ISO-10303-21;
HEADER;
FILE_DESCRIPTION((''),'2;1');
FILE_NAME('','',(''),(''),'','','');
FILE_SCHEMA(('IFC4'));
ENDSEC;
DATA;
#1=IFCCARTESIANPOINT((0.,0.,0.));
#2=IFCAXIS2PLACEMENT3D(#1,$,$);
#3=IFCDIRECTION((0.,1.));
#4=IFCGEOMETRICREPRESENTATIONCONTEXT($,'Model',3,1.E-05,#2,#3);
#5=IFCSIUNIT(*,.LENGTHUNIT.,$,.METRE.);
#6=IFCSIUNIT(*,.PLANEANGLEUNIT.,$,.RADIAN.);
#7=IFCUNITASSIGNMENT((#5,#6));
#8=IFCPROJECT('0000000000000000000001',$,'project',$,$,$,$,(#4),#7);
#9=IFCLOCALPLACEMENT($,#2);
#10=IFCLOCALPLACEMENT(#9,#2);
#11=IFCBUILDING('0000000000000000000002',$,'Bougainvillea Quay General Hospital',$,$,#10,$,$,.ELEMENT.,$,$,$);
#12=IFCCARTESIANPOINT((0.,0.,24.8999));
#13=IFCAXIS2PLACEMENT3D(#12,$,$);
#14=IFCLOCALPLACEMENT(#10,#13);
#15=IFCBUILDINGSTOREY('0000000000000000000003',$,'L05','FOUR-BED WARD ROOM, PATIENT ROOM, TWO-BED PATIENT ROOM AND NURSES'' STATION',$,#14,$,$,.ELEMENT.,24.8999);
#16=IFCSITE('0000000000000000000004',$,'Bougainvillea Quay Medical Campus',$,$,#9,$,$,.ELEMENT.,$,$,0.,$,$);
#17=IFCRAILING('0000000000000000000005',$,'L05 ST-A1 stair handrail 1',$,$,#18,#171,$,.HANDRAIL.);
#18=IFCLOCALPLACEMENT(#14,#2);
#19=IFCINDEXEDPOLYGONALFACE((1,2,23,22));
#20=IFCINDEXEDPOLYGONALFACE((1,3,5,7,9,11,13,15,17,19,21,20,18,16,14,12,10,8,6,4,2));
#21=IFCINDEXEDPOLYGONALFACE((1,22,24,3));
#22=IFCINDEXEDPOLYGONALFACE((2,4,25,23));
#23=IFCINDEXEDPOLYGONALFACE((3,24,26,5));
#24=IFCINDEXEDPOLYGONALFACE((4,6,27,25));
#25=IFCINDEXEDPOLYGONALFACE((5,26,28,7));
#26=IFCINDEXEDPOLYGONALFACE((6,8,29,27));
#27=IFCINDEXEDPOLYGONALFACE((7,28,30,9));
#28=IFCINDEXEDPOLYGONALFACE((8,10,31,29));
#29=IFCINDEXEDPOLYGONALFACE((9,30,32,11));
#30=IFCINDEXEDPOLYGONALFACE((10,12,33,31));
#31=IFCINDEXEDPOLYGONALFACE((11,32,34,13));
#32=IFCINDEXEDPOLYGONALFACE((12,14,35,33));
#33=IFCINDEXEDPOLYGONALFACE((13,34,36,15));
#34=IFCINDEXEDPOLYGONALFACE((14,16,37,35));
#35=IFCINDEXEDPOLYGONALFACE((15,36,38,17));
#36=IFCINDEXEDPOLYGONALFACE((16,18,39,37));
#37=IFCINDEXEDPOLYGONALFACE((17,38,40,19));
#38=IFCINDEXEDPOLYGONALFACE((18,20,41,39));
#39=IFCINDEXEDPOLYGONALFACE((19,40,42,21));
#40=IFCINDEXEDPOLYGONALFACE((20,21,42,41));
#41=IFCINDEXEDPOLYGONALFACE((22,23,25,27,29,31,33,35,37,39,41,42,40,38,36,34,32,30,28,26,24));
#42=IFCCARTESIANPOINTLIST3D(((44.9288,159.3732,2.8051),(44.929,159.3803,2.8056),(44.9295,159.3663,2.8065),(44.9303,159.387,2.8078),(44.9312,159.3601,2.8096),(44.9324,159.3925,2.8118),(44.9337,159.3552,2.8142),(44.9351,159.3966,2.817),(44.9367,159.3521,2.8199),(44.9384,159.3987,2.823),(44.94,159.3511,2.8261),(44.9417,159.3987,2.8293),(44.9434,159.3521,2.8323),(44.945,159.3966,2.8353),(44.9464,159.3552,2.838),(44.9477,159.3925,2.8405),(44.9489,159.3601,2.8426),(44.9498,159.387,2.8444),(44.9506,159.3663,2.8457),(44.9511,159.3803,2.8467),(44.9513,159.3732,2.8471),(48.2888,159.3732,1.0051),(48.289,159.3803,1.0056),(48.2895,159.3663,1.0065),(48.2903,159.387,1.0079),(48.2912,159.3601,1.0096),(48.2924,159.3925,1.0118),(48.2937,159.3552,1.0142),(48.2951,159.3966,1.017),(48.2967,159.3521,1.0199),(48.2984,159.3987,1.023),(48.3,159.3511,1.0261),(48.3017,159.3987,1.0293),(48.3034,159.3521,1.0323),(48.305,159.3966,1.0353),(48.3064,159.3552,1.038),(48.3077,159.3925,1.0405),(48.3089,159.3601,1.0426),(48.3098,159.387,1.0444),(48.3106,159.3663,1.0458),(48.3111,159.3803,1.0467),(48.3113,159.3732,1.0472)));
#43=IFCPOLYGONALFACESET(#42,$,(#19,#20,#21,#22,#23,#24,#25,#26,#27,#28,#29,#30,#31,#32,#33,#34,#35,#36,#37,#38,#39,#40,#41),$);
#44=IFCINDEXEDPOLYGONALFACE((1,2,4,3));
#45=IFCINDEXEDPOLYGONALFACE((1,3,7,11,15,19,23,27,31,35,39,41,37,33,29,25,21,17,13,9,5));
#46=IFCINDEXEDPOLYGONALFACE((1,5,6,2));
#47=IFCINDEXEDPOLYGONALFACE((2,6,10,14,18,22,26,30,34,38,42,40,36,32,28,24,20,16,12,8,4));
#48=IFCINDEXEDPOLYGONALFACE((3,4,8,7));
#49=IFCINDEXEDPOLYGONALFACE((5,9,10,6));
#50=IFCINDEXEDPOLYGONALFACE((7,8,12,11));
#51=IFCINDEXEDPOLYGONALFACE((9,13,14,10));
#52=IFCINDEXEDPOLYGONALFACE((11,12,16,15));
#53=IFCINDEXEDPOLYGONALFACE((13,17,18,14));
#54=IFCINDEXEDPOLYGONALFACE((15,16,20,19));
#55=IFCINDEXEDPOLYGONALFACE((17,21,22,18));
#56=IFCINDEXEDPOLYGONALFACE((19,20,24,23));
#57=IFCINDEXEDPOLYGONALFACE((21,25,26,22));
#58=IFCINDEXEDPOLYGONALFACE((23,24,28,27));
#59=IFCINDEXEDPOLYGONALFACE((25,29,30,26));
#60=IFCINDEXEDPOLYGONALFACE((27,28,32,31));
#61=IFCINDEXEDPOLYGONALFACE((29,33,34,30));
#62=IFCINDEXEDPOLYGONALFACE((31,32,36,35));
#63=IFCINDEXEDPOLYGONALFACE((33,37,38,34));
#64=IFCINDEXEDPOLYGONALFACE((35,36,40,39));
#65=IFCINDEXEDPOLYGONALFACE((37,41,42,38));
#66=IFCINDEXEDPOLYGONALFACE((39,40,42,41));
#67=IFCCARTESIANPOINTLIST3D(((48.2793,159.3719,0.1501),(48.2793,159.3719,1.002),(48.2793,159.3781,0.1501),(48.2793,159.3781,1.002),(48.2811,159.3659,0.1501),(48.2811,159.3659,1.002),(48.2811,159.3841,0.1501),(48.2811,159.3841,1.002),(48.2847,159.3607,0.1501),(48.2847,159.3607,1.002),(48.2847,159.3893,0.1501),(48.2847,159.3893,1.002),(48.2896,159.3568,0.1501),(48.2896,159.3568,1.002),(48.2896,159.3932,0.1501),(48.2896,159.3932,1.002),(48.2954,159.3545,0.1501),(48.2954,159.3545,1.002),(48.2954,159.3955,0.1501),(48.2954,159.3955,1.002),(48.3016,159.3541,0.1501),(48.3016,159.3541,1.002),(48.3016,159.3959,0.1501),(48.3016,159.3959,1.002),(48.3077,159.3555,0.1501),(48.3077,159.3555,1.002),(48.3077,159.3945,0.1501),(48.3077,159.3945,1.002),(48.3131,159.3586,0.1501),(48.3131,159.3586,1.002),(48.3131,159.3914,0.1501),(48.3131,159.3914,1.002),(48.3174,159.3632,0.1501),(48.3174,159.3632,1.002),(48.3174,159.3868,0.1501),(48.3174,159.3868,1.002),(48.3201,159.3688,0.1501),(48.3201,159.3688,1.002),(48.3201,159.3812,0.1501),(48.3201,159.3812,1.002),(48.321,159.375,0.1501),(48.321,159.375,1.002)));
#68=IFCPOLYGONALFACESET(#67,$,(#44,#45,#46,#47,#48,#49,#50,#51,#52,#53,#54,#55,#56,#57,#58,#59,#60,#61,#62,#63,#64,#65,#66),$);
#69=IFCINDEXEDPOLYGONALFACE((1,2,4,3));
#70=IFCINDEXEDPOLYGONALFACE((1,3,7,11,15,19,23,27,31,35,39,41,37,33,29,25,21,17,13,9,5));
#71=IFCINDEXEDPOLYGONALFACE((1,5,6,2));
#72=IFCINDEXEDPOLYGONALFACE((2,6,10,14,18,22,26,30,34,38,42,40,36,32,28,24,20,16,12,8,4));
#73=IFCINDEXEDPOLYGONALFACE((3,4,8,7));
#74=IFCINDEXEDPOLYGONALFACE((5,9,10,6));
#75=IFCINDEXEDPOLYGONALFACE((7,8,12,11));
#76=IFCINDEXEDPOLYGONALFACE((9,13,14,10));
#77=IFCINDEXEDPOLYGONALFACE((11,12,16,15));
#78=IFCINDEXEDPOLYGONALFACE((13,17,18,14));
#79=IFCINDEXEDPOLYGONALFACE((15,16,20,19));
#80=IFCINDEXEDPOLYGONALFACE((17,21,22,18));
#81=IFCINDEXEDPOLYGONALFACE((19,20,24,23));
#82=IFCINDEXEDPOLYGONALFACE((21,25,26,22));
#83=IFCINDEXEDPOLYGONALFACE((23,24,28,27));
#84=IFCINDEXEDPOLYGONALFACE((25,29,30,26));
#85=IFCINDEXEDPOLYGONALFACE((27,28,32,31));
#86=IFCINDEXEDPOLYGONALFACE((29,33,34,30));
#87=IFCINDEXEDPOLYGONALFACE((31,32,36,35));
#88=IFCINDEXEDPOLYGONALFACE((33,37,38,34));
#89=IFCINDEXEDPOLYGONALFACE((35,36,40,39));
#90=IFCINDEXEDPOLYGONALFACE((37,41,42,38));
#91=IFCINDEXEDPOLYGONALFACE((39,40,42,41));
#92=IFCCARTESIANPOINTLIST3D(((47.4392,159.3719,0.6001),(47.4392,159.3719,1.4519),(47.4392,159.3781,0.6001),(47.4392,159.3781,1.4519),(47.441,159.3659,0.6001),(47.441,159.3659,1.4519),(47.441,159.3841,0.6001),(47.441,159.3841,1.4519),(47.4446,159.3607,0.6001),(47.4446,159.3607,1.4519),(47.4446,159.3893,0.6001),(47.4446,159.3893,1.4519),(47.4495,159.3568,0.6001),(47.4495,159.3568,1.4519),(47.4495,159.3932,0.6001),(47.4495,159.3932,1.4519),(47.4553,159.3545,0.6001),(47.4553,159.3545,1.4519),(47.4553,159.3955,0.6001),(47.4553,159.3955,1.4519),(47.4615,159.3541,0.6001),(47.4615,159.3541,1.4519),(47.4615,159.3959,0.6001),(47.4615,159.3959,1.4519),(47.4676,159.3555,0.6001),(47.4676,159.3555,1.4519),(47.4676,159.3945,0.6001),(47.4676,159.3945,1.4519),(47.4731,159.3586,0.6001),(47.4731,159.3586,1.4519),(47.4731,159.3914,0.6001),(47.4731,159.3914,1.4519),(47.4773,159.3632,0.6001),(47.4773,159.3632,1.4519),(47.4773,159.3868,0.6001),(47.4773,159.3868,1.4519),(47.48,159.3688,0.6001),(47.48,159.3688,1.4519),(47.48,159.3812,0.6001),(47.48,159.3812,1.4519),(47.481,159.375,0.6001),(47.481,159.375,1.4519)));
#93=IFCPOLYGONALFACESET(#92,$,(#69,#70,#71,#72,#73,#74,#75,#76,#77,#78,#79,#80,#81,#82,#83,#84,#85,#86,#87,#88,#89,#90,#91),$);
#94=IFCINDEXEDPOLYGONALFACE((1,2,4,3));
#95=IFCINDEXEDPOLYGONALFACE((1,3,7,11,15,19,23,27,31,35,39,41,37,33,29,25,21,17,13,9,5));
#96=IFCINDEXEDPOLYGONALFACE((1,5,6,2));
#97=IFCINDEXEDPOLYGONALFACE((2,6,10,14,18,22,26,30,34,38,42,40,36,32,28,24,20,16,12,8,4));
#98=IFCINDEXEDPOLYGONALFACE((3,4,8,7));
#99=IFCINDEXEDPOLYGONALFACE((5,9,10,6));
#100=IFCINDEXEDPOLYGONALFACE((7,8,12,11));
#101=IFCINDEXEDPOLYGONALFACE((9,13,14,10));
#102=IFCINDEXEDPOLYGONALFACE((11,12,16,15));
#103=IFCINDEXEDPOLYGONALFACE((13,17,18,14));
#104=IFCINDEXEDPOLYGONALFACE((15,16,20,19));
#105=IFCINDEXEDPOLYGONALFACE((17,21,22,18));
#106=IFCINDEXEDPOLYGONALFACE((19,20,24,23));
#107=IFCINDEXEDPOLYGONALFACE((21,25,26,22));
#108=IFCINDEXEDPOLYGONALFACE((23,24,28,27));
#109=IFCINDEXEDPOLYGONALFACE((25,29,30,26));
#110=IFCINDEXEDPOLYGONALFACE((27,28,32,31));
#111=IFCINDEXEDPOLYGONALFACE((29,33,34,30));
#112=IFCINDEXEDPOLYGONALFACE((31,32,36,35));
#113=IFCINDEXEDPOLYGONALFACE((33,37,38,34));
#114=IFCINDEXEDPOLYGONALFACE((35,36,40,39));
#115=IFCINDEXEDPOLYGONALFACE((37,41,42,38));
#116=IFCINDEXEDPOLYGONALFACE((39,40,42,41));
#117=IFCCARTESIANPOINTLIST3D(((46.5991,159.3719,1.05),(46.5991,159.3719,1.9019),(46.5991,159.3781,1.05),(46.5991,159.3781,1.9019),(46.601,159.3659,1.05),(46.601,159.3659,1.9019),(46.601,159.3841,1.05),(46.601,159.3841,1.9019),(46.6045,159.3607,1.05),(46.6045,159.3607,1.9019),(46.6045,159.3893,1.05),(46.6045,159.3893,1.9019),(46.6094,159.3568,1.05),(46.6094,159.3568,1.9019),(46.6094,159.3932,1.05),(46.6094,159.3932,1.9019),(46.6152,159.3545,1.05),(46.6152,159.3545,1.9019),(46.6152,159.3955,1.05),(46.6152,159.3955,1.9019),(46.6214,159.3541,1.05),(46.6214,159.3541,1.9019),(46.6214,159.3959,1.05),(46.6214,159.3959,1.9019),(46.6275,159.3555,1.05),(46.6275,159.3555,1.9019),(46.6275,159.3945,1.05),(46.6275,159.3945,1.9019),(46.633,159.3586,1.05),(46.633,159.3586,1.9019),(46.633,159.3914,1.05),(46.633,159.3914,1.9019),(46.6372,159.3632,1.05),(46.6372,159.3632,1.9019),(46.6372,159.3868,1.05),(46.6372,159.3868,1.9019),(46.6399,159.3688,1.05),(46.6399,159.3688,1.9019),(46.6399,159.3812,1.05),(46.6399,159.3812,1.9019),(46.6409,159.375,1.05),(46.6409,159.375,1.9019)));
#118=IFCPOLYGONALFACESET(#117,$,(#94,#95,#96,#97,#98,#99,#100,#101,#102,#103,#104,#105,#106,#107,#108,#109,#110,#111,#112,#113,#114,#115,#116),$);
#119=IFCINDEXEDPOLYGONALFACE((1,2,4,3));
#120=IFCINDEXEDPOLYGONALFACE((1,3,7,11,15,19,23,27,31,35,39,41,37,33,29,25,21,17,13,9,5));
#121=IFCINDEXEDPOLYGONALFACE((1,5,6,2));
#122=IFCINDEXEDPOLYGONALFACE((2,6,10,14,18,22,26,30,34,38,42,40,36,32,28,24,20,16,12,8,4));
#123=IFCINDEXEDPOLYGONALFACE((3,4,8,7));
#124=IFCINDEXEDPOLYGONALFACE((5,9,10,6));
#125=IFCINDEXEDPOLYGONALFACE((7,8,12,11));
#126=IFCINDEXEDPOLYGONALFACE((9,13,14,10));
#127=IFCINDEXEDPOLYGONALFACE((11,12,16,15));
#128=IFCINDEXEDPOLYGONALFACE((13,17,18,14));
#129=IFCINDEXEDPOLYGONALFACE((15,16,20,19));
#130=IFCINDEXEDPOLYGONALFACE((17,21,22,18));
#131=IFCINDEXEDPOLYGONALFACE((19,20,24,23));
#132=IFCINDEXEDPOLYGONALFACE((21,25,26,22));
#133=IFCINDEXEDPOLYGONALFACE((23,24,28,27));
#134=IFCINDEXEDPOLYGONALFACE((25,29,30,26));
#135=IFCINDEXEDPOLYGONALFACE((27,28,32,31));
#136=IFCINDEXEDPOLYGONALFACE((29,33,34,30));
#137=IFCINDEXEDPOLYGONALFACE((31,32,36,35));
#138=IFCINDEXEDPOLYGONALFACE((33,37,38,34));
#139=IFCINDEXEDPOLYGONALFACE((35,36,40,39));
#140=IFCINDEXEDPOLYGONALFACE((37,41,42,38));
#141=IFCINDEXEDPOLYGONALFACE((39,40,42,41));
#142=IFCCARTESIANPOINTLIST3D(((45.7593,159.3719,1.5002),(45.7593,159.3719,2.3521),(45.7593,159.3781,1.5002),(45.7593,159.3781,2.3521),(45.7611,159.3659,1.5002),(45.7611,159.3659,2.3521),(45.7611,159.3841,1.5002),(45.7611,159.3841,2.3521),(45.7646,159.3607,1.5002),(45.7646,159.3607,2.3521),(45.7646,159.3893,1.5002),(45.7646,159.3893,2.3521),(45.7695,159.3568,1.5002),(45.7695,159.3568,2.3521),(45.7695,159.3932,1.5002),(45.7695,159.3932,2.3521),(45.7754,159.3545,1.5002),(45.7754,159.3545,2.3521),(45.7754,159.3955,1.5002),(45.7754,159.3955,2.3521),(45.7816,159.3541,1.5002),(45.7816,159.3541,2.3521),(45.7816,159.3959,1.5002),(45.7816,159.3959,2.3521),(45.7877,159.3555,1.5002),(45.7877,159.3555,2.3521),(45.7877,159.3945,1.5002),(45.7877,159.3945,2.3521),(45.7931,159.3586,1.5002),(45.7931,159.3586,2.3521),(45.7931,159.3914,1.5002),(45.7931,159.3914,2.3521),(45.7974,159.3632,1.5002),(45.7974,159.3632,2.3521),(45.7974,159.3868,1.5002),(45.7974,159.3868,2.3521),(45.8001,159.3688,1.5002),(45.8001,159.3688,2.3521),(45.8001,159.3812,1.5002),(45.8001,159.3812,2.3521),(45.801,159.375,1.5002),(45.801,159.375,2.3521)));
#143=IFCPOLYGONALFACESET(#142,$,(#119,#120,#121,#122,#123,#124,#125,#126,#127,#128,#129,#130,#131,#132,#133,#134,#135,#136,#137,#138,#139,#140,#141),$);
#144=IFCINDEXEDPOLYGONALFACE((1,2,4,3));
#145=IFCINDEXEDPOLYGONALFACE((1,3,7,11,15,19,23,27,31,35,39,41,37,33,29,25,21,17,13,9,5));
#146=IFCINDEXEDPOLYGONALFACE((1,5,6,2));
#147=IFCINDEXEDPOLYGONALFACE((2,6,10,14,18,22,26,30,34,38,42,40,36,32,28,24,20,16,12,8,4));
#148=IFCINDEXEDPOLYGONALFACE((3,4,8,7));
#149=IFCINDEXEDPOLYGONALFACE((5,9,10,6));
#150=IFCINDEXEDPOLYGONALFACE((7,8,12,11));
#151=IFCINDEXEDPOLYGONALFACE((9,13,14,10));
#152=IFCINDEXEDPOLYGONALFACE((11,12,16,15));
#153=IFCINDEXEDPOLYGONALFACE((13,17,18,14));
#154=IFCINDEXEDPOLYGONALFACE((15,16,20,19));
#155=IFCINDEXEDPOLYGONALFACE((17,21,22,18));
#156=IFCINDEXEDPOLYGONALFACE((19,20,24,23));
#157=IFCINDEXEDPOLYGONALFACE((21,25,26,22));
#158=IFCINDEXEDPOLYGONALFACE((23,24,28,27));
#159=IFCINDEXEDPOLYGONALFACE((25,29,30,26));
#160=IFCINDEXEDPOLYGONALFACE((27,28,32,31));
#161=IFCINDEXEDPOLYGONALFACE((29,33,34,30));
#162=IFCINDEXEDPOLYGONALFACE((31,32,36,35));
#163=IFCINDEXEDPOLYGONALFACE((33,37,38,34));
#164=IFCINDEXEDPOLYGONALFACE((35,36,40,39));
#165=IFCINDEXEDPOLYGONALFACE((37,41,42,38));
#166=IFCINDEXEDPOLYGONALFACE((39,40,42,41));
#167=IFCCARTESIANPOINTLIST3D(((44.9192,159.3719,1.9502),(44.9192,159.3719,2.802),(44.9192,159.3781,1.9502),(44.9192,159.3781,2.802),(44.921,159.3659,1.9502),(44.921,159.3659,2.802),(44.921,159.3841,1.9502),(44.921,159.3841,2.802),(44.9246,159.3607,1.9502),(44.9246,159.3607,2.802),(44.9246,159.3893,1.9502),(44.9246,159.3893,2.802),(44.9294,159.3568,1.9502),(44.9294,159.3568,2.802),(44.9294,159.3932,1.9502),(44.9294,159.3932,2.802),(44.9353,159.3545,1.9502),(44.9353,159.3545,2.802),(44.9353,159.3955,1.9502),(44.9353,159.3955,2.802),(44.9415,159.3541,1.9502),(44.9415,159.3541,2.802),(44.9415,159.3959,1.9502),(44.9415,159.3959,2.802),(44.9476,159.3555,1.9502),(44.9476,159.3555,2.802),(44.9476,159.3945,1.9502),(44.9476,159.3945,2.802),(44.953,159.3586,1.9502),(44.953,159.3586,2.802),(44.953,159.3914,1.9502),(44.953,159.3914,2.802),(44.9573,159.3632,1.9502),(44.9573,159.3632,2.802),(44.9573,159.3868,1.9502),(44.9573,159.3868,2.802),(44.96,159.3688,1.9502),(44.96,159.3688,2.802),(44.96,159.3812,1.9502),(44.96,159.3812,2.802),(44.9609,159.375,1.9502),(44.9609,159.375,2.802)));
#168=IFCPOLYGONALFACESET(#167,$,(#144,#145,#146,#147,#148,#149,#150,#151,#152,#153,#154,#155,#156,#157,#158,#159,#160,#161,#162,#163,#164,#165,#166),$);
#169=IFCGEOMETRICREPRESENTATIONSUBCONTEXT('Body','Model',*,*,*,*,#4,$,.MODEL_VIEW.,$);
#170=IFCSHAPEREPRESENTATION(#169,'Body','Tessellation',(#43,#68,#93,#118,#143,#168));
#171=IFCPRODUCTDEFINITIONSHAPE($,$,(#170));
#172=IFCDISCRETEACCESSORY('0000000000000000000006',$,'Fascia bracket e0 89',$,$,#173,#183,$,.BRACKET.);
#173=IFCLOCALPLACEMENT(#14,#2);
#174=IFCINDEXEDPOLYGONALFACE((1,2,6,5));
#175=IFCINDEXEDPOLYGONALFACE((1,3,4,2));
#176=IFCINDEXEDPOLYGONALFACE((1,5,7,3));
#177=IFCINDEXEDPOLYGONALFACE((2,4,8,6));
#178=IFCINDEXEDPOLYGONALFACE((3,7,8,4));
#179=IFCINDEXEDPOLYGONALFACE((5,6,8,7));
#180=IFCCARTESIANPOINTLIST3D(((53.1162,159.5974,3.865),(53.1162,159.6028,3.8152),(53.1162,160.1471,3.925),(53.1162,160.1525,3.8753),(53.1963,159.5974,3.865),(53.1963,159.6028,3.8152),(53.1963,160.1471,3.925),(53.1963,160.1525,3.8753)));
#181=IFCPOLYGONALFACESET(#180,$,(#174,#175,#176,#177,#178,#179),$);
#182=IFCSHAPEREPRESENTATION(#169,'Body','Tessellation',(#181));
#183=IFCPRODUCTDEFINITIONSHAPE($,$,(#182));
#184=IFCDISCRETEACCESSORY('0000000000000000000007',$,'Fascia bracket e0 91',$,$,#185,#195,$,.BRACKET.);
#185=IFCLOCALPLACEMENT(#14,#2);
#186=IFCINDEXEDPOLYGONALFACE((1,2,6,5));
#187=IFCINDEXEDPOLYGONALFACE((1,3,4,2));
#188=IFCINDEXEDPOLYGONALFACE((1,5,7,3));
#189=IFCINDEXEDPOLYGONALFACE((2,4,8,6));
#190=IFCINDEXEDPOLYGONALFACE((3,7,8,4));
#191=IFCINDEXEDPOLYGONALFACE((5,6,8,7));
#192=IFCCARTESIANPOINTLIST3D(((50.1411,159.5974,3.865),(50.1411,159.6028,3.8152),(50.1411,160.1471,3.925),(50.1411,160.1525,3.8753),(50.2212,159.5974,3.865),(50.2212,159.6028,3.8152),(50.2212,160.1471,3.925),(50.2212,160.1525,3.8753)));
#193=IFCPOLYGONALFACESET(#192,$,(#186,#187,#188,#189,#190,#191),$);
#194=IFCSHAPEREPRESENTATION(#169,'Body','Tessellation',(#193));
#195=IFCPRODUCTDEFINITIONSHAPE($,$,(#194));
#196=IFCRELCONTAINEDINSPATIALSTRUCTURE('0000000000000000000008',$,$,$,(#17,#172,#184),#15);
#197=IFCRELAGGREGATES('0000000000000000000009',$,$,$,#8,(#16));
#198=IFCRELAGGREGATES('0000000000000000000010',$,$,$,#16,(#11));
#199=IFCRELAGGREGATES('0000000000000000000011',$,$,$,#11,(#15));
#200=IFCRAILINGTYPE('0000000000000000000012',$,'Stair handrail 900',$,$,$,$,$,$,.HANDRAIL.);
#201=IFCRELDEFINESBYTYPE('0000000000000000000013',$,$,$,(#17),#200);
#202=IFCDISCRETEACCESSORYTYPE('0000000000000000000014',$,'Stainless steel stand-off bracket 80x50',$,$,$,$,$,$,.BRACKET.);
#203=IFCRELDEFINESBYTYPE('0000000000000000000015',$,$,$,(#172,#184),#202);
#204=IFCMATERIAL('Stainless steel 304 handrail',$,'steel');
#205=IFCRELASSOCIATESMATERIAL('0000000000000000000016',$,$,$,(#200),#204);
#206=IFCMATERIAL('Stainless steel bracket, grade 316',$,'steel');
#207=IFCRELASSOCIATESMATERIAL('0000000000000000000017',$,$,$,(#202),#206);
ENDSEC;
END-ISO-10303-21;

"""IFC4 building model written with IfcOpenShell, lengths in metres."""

from ifc_helpers import new_model, si_unit, direction, frame, origin, origin_2d, place, context, subcontext, project, spatial, rectangle, circle, extrude, material, material_profile, profile_set, type_object, element, save


model = new_model("IFC4")

# Units and contexts
model_context = context("Model", 3, precision=1e-05, world=origin(), true_north=direction((0.0, 1.0)))
body_context = subcontext(model_context, "Body", "Model", "MODEL_VIEW")
ifc_project = project(units=[si_unit("LENGTHUNIT", "METRE"), si_unit("PLANEANGLEUNIT", "RADIAN")], contexts=[model_context])

# Site, building, storey
site_placement = place(None, origin())
site = spatial("IfcSite", under=ifc_project, at=site_placement, Name="Bougainvillea Quay Medical Campus", CompositionType="ELEMENT", RefElevation=0.0)
building_placement = place(site_placement, origin())
building = spatial("IfcBuilding", under=site, at=building_placement, Name="Bougainvillea Quay General Hospital", CompositionType="ELEMENT")
storey_placement = place(building_placement, frame((0.0, 0.0, 24.8999)))
storey = spatial("IfcBuildingStorey", under=building, at=storey_placement, Name="L05", Description="FOUR-BED WARD ROOM, PATIENT ROOM, TWO-BED PATIENT ROOM AND NURSES' STATION", CompositionType="ELEMENT", Elevation=24.8999)

# Railing
ifc_material_1 = material(Name="Stainless steel 304 handrail", Category="steel")
railing_type_1 = type_object("IfcRailingType", Name="Stair handrail 900", PredefinedType="HANDRAIL", material=ifc_material_1)
railing_1_placement = place(storey_placement, frame((48.3, 159.375, 0.1501)))
element("IfcRailing", 1, at=railing_1_placement, inside=storey, type_object=railing_type_1, Name="L05 ST-A1 stair handrail 1", PredefinedType="HANDRAIL", context=body_context, shape_type="SweptSolid", body=[
    extrude(circle(Radius=0.0239, at=origin_2d()), frame((0.0, 0.0, 0.876), z_axis=(-0.881481, 0.0, 0.47222), x_axis=(0.0, -1.0, 0.0)), (0.0, 0.0, 1.0), 3.8118),
    extrude(circle(Radius=0.021, at=origin_2d()), origin(), (0.0, 0.0, 1.0), 0.8518),
    extrude(circle(Radius=0.021, at=origin_2d()), frame((-0.8401, 0.0, 0.45)), (0.0, 0.0, 1.0), 0.8518),
    extrude(circle(Radius=0.021, at=origin_2d()), frame((-1.6802, 0.0, 0.8999)), (0.0, 0.0, 1.0), 0.8518),
    extrude(circle(Radius=0.021, at=origin_2d()), frame((-2.52, 0.0, 1.3501)), (0.0, 0.0, 1.0), 0.8518),
    extrude(circle(Radius=0.021, at=origin_2d()), frame((-3.3601, 0.0, 1.8)), (0.0, 0.0, 1.0), 0.8518),
])

# Discrete accessories
ifc_material_2 = material(Name="Stainless steel bracket, grade 316", Category="steel")
ifc_material_profile_1 = material_profile(ifc_material_2, rectangle(XDim=0.0801, YDim=0.05, at=origin_2d()))
ifc_profile_set_1 = profile_set([ifc_material_profile_1], Name="Stainless steel bracket, grade 316")
discrete_accessory_type = type_object("IfcDiscreteAccessoryType", Name="Stainless steel stand-off bracket 80x50", PredefinedType="BRACKET", material=ifc_profile_set_1)
for number, where, z_axis, x_axis, name in (
    (2, (53.1562, 159.6001, 3.8401), (0.0, 0.994087, 0.10859), (-1.0, 0.0, 0.0), "Fascia bracket e0 89"),
    (3, (50.1812, 159.6001, 3.8401), (0.0, 0.994087, 0.10859), (-1.0, 0.0, 0.0), "Fascia bracket e0 91"),
):
    element("IfcDiscreteAccessory", number, at=place(storey_placement, frame(where, z_axis=z_axis, x_axis=x_axis)), inside=storey, type_object=discrete_accessory_type, Name=name, PredefinedType="BRACKET", context=body_context, shape_type="SweptSolid", body=[
        extrude(rectangle(XDim=0.0801, YDim=0.05, at=origin_2d()), origin(), (0.0, 0.0, 1.0), 0.553),
    ])

save(model, "model.ifc")
